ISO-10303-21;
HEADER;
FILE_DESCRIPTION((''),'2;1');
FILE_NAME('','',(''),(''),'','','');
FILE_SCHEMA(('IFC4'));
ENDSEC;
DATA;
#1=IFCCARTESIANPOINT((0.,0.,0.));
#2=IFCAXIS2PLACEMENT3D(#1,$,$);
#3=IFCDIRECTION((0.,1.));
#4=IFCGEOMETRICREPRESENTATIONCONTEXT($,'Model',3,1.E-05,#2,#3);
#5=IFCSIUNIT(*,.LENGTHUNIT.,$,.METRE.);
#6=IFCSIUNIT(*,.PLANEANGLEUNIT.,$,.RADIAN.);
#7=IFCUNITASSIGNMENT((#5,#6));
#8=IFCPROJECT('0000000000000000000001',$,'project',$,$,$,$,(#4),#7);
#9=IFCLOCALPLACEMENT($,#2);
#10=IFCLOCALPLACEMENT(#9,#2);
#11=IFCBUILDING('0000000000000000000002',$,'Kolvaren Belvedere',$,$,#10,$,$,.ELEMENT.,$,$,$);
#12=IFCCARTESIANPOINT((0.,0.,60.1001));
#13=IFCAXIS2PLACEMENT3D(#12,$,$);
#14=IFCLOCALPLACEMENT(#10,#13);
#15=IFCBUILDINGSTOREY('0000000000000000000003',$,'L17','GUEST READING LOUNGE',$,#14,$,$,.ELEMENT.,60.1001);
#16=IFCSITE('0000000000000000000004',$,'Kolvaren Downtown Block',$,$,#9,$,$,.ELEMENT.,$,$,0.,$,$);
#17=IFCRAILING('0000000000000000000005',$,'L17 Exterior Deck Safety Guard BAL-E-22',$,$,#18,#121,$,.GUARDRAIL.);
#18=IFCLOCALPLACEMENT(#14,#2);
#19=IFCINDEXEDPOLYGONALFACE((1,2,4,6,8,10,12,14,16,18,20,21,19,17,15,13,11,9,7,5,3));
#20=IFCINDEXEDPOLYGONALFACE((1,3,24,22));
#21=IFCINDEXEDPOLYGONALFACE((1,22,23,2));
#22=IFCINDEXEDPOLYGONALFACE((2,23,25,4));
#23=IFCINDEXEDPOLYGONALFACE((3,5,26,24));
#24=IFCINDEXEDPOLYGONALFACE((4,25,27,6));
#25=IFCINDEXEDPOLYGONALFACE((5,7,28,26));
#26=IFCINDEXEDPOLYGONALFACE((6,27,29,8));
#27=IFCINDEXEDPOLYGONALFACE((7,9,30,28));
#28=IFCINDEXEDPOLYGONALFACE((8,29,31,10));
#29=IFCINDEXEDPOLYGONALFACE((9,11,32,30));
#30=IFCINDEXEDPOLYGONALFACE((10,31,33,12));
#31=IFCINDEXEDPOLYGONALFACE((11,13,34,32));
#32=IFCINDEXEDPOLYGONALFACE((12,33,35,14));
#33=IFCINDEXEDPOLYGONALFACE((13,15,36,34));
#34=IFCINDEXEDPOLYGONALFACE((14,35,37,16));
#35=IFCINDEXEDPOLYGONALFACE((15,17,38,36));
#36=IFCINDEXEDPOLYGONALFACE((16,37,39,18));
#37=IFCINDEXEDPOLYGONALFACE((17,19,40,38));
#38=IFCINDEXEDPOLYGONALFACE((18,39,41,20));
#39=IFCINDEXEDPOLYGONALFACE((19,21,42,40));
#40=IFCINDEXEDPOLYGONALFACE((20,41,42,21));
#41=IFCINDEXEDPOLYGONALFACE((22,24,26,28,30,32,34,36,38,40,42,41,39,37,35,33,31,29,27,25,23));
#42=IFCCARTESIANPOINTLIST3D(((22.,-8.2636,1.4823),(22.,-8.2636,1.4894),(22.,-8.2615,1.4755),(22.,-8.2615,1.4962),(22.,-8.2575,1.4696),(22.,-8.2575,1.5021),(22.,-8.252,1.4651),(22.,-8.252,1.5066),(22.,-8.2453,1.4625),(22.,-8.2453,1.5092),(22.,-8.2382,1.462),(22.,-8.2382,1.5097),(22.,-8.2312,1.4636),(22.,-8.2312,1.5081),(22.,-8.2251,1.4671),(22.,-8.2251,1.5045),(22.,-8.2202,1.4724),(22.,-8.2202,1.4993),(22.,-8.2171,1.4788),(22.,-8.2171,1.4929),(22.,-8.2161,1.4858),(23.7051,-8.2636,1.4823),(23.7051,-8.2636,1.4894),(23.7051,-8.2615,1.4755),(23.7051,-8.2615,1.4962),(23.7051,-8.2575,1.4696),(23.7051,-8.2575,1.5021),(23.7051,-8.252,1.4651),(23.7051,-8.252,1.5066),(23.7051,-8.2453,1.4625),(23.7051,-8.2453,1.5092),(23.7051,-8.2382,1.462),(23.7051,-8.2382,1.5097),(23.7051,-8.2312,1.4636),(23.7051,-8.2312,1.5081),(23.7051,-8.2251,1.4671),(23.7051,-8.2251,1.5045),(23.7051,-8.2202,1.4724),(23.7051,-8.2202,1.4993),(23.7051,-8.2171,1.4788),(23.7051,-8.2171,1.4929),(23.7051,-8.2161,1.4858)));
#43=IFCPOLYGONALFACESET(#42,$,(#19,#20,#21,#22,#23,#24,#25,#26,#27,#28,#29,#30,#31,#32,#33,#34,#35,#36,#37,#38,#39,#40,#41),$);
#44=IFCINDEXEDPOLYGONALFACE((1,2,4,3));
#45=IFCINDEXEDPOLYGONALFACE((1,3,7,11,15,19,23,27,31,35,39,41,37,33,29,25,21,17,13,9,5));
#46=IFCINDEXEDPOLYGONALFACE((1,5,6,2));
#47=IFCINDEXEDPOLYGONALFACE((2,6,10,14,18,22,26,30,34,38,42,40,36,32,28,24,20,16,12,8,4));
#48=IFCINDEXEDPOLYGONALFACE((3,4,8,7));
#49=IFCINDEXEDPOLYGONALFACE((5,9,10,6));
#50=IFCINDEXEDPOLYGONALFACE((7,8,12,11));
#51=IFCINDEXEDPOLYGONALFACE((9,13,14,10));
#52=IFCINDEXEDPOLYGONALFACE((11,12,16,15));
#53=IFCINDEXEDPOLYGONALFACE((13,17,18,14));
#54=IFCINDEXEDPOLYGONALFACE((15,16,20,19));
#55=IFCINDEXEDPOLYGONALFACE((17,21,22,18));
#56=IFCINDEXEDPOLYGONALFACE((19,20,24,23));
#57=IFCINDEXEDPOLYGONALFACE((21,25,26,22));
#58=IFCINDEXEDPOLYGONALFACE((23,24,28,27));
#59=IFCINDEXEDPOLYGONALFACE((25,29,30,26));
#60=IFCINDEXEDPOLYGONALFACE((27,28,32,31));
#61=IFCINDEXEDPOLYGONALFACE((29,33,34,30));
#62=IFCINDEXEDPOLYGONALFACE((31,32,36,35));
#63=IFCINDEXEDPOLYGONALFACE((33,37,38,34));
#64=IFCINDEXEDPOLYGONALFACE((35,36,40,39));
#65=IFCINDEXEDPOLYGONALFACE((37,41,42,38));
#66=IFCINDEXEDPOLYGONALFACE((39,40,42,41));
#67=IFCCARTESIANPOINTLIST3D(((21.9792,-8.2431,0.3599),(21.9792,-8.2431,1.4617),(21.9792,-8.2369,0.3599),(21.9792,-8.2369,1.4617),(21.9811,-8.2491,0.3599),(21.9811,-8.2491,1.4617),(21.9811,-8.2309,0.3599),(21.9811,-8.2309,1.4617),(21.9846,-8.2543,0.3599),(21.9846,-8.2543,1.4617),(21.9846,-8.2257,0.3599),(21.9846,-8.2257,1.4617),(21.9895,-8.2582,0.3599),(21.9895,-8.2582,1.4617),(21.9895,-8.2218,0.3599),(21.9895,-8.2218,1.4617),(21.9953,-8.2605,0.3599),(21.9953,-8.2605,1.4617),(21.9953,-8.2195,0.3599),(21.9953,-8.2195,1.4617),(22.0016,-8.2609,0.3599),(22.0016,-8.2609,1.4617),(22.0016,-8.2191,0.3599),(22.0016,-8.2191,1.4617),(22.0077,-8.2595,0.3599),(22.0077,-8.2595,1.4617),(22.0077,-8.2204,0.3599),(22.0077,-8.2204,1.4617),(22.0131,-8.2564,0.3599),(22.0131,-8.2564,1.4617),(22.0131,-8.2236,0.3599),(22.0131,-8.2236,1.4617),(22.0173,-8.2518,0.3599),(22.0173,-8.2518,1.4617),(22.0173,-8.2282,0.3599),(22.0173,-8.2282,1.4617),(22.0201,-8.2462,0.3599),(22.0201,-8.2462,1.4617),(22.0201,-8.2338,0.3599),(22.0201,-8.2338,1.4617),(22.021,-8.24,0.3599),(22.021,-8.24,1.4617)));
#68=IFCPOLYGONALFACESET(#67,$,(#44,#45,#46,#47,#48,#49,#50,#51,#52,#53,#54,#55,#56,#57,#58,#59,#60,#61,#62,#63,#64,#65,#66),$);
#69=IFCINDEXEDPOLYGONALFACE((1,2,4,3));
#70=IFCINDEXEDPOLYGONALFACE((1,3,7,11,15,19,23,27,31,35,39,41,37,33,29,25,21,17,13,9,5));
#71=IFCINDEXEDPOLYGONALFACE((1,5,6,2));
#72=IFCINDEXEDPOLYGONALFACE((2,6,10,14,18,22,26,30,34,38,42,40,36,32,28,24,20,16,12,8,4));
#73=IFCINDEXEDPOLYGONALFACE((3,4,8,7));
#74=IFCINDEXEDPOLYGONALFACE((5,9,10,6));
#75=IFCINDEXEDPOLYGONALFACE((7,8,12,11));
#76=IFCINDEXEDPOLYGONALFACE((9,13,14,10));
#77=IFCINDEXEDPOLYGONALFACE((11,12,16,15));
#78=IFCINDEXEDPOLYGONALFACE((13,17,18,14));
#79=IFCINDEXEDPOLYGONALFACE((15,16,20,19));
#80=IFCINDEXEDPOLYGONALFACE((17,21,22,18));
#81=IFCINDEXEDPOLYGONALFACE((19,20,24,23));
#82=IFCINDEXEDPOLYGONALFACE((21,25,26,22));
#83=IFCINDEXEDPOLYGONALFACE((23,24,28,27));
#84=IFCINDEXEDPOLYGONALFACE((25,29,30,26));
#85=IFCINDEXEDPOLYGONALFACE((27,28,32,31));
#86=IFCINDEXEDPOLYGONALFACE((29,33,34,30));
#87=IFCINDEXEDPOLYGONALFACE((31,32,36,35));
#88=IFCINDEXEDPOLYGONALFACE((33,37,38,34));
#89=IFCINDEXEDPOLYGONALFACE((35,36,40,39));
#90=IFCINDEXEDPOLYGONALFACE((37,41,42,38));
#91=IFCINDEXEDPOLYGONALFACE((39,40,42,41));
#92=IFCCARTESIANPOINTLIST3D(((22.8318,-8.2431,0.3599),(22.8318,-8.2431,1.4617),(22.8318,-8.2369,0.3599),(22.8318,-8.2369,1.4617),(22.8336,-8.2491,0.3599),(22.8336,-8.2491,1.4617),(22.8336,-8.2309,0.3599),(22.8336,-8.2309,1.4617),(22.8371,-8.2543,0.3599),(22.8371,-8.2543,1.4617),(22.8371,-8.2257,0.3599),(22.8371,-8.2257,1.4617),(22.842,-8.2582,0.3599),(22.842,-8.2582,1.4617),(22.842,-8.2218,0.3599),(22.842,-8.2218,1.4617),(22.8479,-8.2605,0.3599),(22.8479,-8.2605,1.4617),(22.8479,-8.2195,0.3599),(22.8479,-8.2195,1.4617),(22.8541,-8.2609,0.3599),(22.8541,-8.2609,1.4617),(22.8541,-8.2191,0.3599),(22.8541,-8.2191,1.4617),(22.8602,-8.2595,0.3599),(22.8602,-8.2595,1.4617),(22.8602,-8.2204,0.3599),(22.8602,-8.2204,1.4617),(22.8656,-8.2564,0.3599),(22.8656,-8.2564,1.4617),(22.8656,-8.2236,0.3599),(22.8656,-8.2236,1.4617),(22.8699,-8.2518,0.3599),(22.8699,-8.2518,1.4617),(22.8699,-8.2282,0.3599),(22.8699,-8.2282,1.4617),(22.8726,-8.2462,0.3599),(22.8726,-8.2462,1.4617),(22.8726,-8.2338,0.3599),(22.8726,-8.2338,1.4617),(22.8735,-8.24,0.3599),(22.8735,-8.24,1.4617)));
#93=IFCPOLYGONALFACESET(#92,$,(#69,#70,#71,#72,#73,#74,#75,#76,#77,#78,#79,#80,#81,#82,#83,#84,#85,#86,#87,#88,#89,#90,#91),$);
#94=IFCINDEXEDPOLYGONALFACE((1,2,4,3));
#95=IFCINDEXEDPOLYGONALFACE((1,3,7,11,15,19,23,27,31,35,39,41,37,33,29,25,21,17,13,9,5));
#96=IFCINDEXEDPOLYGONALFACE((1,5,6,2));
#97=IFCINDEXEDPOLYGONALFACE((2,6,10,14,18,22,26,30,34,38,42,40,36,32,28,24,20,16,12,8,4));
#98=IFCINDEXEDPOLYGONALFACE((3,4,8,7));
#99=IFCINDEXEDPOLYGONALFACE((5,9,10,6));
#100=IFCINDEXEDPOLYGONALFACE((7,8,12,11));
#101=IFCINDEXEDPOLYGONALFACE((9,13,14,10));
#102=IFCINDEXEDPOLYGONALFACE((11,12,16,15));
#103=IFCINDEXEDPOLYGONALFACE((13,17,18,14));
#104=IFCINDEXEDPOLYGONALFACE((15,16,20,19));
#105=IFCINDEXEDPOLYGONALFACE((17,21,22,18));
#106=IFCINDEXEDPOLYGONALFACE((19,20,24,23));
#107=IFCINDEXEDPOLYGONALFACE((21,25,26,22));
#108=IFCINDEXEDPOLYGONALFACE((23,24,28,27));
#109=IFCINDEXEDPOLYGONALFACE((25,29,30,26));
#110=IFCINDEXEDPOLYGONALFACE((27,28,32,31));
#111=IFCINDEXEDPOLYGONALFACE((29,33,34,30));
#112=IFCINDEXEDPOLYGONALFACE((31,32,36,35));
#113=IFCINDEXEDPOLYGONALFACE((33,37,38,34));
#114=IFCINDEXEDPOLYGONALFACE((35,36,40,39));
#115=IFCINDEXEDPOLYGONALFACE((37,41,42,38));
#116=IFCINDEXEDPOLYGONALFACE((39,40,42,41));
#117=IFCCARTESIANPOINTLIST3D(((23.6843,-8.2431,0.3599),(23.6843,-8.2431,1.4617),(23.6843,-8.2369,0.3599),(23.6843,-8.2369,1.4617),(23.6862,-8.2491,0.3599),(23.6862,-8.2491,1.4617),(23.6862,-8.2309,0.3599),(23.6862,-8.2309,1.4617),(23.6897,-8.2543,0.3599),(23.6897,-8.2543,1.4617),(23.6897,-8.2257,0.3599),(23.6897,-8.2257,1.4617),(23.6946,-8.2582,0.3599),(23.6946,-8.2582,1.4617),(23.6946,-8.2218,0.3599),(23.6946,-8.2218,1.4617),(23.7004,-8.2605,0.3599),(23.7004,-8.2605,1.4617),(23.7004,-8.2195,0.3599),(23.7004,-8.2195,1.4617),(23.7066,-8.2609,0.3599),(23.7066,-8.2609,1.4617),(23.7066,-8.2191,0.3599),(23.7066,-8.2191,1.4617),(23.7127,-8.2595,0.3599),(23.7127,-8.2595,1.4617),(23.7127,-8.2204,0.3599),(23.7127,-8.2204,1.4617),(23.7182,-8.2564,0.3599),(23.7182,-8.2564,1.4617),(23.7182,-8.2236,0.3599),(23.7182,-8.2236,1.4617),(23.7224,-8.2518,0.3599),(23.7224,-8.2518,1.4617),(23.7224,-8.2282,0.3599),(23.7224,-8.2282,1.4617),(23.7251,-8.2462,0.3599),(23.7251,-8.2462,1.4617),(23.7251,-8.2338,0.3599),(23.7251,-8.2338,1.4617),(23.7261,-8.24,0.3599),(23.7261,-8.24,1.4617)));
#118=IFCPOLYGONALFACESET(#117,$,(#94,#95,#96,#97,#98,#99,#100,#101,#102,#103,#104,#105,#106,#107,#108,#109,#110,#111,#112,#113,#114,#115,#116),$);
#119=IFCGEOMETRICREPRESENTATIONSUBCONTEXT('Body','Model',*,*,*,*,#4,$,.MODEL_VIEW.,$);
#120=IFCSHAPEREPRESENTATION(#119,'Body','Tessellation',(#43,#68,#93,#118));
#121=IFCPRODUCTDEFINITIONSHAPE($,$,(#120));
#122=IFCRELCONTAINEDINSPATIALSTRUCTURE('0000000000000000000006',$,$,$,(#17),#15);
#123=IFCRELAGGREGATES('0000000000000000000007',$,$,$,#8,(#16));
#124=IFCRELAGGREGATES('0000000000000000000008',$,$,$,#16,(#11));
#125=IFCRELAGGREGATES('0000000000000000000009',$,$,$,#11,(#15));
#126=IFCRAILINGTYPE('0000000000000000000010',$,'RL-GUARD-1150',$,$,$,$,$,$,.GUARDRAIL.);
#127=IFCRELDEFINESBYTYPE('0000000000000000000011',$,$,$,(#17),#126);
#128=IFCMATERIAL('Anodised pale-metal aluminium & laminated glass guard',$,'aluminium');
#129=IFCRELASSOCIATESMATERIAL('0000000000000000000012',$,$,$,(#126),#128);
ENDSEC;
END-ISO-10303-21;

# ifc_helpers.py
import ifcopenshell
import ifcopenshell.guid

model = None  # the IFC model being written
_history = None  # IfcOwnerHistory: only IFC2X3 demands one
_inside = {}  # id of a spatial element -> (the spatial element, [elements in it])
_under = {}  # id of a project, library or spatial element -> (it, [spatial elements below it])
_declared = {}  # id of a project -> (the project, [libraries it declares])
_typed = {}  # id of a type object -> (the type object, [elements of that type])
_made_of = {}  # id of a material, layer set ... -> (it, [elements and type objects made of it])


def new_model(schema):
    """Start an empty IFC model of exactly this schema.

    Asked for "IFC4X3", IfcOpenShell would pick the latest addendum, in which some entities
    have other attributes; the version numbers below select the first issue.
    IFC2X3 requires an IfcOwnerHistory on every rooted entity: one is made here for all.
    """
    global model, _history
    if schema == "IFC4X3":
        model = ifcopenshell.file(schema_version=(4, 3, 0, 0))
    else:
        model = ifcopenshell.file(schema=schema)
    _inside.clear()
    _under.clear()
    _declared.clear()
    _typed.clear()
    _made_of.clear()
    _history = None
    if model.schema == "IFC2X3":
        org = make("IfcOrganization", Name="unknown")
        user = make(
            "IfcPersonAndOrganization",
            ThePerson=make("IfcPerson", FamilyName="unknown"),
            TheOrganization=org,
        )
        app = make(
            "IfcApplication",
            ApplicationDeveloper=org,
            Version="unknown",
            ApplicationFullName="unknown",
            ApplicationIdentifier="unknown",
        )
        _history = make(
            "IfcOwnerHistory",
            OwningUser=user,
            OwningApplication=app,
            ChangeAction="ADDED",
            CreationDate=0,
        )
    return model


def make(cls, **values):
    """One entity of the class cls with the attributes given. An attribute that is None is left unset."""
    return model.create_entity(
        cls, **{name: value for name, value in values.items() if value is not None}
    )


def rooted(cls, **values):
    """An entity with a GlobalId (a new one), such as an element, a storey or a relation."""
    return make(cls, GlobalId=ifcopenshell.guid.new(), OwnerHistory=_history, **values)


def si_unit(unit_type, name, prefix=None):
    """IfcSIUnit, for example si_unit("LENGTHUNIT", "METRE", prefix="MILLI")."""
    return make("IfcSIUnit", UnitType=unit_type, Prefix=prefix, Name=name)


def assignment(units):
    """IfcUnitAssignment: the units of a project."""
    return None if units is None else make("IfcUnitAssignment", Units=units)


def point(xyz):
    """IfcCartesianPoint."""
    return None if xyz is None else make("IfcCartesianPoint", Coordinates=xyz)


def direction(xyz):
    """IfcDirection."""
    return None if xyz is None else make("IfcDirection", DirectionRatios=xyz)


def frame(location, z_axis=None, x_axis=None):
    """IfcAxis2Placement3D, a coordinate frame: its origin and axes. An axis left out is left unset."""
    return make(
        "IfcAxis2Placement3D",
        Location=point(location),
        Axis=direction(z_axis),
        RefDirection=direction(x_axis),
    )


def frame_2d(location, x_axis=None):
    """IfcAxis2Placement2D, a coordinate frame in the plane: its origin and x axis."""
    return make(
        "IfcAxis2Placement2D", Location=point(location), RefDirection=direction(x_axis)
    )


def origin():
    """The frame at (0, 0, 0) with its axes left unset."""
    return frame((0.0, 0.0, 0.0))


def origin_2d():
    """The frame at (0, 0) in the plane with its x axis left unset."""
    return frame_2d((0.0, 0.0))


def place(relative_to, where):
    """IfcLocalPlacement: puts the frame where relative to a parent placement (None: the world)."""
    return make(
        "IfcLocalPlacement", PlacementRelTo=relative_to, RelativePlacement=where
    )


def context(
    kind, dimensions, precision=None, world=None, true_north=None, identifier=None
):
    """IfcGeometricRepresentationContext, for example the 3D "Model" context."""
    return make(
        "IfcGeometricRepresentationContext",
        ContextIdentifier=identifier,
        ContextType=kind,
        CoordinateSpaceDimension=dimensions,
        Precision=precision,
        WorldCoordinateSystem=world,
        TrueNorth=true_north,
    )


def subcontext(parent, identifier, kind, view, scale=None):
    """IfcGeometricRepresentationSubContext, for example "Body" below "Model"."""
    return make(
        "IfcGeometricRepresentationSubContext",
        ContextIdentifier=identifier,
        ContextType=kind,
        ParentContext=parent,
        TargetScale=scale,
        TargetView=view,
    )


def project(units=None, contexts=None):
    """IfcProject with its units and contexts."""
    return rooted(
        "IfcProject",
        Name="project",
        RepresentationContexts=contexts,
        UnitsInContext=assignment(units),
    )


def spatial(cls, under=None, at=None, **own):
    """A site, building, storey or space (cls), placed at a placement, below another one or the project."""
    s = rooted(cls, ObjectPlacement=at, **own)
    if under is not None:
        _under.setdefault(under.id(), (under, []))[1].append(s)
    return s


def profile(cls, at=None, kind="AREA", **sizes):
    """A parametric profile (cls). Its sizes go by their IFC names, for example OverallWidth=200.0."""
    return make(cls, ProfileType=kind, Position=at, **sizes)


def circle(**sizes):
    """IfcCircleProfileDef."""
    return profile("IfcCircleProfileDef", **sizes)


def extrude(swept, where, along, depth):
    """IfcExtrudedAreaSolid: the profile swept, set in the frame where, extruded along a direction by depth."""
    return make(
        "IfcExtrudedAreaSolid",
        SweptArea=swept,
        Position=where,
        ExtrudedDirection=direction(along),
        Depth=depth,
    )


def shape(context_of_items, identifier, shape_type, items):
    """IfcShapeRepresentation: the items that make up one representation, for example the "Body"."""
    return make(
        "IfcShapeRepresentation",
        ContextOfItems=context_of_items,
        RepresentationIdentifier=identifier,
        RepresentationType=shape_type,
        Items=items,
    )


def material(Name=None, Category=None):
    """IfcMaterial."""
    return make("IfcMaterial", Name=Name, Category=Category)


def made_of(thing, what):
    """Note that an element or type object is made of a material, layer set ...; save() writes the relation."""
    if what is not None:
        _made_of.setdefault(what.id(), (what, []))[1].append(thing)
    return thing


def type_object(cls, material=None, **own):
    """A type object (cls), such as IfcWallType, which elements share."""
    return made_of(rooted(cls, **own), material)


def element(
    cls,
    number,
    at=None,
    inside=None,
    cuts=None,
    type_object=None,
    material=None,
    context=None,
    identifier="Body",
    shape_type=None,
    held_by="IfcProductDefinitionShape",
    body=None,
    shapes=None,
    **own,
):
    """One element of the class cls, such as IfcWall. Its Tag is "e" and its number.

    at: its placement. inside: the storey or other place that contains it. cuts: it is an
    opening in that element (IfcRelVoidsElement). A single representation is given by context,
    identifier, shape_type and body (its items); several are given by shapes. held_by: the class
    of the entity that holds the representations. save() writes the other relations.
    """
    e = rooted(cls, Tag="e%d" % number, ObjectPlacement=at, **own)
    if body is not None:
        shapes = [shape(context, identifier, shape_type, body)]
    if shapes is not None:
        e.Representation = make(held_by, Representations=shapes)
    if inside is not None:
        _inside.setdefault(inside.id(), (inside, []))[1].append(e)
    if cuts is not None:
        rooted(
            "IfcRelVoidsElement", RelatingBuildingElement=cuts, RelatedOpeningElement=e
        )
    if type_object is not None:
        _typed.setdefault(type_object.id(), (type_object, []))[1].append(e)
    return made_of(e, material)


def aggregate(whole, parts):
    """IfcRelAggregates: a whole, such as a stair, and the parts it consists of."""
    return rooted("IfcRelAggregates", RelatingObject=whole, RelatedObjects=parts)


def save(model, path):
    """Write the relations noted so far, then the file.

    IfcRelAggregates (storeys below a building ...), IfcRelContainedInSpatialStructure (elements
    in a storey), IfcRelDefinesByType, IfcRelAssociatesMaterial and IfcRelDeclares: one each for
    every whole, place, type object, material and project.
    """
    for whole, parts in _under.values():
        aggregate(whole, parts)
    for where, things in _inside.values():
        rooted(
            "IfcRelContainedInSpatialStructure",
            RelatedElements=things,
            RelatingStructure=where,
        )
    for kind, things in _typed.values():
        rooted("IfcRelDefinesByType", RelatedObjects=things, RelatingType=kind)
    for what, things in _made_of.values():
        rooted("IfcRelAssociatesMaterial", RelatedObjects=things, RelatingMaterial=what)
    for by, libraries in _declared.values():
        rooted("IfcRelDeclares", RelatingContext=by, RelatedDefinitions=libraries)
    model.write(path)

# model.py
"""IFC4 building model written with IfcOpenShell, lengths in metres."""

from ifc_helpers import new_model, si_unit, direction, frame, origin, origin_2d, place, context, subcontext, project, spatial, circle, extrude, material, type_object, element, save


model = new_model("IFC4")

# Units and contexts
model_context = context("Model", 3, precision=1e-05, world=origin(), true_north=direction((0.0, 1.0)))
body_context = subcontext(model_context, "Body", "Model", "MODEL_VIEW")
ifc_project = project(units=[si_unit("LENGTHUNIT", "METRE"), si_unit("PLANEANGLEUNIT", "RADIAN")], contexts=[model_context])

# Site, building, storey
site_placement = place(None, origin())
site = spatial("IfcSite", under=ifc_project, at=site_placement, Name="Kolvaren Downtown Block", CompositionType="ELEMENT", RefElevation=0.0)
building_placement = place(site_placement, origin())
building = spatial("IfcBuilding", under=site, at=building_placement, Name="Kolvaren Belvedere", CompositionType="ELEMENT")
storey_placement = place(building_placement, frame((0.0, 0.0, 60.1001)))
storey = spatial("IfcBuildingStorey", under=building, at=storey_placement, Name="L17", Description="GUEST READING LOUNGE", CompositionType="ELEMENT", Elevation=60.1001)

# Railing
ifc_material_1 = material(Name="Anodised pale-metal aluminium & laminated glass guard", Category="aluminium")
railing_type = type_object("IfcRailingType", Name="RL-GUARD-1150", PredefinedType="GUARDRAIL", material=ifc_material_1)
railing_1_placement = place(storey_placement, frame((22.0, -8.24, 0.3599)))
element("IfcRailing", 1, at=railing_1_placement, inside=storey, type_object=railing_type, Name="L17 Exterior Deck Safety Guard BAL-E-22", PredefinedType="GUARDRAIL", context=body_context, shape_type="SweptSolid", body=[
    extrude(circle(Radius=0.0239, at=origin_2d()), frame((0.0, 0.0, 1.126), z_axis=(1.0, 0.0, 0.0), x_axis=(0.0, 1.0, 0.0)), (0.0, 0.0, 1.0), 1.7051),
    extrude(circle(Radius=0.021, at=origin_2d()), origin(), (0.0, 0.0, 1.0), 1.1018),
    extrude(circle(Radius=0.021, at=origin_2d()), frame((0.8525, 0.0, 0.0)), (0.0, 0.0, 1.0), 1.1018),
    extrude(circle(Radius=0.021, at=origin_2d()), frame((1.7051, 0.0, 0.0)), (0.0, 0.0, 1.0), 1.1018),
])

save(model, "model.ifc")
